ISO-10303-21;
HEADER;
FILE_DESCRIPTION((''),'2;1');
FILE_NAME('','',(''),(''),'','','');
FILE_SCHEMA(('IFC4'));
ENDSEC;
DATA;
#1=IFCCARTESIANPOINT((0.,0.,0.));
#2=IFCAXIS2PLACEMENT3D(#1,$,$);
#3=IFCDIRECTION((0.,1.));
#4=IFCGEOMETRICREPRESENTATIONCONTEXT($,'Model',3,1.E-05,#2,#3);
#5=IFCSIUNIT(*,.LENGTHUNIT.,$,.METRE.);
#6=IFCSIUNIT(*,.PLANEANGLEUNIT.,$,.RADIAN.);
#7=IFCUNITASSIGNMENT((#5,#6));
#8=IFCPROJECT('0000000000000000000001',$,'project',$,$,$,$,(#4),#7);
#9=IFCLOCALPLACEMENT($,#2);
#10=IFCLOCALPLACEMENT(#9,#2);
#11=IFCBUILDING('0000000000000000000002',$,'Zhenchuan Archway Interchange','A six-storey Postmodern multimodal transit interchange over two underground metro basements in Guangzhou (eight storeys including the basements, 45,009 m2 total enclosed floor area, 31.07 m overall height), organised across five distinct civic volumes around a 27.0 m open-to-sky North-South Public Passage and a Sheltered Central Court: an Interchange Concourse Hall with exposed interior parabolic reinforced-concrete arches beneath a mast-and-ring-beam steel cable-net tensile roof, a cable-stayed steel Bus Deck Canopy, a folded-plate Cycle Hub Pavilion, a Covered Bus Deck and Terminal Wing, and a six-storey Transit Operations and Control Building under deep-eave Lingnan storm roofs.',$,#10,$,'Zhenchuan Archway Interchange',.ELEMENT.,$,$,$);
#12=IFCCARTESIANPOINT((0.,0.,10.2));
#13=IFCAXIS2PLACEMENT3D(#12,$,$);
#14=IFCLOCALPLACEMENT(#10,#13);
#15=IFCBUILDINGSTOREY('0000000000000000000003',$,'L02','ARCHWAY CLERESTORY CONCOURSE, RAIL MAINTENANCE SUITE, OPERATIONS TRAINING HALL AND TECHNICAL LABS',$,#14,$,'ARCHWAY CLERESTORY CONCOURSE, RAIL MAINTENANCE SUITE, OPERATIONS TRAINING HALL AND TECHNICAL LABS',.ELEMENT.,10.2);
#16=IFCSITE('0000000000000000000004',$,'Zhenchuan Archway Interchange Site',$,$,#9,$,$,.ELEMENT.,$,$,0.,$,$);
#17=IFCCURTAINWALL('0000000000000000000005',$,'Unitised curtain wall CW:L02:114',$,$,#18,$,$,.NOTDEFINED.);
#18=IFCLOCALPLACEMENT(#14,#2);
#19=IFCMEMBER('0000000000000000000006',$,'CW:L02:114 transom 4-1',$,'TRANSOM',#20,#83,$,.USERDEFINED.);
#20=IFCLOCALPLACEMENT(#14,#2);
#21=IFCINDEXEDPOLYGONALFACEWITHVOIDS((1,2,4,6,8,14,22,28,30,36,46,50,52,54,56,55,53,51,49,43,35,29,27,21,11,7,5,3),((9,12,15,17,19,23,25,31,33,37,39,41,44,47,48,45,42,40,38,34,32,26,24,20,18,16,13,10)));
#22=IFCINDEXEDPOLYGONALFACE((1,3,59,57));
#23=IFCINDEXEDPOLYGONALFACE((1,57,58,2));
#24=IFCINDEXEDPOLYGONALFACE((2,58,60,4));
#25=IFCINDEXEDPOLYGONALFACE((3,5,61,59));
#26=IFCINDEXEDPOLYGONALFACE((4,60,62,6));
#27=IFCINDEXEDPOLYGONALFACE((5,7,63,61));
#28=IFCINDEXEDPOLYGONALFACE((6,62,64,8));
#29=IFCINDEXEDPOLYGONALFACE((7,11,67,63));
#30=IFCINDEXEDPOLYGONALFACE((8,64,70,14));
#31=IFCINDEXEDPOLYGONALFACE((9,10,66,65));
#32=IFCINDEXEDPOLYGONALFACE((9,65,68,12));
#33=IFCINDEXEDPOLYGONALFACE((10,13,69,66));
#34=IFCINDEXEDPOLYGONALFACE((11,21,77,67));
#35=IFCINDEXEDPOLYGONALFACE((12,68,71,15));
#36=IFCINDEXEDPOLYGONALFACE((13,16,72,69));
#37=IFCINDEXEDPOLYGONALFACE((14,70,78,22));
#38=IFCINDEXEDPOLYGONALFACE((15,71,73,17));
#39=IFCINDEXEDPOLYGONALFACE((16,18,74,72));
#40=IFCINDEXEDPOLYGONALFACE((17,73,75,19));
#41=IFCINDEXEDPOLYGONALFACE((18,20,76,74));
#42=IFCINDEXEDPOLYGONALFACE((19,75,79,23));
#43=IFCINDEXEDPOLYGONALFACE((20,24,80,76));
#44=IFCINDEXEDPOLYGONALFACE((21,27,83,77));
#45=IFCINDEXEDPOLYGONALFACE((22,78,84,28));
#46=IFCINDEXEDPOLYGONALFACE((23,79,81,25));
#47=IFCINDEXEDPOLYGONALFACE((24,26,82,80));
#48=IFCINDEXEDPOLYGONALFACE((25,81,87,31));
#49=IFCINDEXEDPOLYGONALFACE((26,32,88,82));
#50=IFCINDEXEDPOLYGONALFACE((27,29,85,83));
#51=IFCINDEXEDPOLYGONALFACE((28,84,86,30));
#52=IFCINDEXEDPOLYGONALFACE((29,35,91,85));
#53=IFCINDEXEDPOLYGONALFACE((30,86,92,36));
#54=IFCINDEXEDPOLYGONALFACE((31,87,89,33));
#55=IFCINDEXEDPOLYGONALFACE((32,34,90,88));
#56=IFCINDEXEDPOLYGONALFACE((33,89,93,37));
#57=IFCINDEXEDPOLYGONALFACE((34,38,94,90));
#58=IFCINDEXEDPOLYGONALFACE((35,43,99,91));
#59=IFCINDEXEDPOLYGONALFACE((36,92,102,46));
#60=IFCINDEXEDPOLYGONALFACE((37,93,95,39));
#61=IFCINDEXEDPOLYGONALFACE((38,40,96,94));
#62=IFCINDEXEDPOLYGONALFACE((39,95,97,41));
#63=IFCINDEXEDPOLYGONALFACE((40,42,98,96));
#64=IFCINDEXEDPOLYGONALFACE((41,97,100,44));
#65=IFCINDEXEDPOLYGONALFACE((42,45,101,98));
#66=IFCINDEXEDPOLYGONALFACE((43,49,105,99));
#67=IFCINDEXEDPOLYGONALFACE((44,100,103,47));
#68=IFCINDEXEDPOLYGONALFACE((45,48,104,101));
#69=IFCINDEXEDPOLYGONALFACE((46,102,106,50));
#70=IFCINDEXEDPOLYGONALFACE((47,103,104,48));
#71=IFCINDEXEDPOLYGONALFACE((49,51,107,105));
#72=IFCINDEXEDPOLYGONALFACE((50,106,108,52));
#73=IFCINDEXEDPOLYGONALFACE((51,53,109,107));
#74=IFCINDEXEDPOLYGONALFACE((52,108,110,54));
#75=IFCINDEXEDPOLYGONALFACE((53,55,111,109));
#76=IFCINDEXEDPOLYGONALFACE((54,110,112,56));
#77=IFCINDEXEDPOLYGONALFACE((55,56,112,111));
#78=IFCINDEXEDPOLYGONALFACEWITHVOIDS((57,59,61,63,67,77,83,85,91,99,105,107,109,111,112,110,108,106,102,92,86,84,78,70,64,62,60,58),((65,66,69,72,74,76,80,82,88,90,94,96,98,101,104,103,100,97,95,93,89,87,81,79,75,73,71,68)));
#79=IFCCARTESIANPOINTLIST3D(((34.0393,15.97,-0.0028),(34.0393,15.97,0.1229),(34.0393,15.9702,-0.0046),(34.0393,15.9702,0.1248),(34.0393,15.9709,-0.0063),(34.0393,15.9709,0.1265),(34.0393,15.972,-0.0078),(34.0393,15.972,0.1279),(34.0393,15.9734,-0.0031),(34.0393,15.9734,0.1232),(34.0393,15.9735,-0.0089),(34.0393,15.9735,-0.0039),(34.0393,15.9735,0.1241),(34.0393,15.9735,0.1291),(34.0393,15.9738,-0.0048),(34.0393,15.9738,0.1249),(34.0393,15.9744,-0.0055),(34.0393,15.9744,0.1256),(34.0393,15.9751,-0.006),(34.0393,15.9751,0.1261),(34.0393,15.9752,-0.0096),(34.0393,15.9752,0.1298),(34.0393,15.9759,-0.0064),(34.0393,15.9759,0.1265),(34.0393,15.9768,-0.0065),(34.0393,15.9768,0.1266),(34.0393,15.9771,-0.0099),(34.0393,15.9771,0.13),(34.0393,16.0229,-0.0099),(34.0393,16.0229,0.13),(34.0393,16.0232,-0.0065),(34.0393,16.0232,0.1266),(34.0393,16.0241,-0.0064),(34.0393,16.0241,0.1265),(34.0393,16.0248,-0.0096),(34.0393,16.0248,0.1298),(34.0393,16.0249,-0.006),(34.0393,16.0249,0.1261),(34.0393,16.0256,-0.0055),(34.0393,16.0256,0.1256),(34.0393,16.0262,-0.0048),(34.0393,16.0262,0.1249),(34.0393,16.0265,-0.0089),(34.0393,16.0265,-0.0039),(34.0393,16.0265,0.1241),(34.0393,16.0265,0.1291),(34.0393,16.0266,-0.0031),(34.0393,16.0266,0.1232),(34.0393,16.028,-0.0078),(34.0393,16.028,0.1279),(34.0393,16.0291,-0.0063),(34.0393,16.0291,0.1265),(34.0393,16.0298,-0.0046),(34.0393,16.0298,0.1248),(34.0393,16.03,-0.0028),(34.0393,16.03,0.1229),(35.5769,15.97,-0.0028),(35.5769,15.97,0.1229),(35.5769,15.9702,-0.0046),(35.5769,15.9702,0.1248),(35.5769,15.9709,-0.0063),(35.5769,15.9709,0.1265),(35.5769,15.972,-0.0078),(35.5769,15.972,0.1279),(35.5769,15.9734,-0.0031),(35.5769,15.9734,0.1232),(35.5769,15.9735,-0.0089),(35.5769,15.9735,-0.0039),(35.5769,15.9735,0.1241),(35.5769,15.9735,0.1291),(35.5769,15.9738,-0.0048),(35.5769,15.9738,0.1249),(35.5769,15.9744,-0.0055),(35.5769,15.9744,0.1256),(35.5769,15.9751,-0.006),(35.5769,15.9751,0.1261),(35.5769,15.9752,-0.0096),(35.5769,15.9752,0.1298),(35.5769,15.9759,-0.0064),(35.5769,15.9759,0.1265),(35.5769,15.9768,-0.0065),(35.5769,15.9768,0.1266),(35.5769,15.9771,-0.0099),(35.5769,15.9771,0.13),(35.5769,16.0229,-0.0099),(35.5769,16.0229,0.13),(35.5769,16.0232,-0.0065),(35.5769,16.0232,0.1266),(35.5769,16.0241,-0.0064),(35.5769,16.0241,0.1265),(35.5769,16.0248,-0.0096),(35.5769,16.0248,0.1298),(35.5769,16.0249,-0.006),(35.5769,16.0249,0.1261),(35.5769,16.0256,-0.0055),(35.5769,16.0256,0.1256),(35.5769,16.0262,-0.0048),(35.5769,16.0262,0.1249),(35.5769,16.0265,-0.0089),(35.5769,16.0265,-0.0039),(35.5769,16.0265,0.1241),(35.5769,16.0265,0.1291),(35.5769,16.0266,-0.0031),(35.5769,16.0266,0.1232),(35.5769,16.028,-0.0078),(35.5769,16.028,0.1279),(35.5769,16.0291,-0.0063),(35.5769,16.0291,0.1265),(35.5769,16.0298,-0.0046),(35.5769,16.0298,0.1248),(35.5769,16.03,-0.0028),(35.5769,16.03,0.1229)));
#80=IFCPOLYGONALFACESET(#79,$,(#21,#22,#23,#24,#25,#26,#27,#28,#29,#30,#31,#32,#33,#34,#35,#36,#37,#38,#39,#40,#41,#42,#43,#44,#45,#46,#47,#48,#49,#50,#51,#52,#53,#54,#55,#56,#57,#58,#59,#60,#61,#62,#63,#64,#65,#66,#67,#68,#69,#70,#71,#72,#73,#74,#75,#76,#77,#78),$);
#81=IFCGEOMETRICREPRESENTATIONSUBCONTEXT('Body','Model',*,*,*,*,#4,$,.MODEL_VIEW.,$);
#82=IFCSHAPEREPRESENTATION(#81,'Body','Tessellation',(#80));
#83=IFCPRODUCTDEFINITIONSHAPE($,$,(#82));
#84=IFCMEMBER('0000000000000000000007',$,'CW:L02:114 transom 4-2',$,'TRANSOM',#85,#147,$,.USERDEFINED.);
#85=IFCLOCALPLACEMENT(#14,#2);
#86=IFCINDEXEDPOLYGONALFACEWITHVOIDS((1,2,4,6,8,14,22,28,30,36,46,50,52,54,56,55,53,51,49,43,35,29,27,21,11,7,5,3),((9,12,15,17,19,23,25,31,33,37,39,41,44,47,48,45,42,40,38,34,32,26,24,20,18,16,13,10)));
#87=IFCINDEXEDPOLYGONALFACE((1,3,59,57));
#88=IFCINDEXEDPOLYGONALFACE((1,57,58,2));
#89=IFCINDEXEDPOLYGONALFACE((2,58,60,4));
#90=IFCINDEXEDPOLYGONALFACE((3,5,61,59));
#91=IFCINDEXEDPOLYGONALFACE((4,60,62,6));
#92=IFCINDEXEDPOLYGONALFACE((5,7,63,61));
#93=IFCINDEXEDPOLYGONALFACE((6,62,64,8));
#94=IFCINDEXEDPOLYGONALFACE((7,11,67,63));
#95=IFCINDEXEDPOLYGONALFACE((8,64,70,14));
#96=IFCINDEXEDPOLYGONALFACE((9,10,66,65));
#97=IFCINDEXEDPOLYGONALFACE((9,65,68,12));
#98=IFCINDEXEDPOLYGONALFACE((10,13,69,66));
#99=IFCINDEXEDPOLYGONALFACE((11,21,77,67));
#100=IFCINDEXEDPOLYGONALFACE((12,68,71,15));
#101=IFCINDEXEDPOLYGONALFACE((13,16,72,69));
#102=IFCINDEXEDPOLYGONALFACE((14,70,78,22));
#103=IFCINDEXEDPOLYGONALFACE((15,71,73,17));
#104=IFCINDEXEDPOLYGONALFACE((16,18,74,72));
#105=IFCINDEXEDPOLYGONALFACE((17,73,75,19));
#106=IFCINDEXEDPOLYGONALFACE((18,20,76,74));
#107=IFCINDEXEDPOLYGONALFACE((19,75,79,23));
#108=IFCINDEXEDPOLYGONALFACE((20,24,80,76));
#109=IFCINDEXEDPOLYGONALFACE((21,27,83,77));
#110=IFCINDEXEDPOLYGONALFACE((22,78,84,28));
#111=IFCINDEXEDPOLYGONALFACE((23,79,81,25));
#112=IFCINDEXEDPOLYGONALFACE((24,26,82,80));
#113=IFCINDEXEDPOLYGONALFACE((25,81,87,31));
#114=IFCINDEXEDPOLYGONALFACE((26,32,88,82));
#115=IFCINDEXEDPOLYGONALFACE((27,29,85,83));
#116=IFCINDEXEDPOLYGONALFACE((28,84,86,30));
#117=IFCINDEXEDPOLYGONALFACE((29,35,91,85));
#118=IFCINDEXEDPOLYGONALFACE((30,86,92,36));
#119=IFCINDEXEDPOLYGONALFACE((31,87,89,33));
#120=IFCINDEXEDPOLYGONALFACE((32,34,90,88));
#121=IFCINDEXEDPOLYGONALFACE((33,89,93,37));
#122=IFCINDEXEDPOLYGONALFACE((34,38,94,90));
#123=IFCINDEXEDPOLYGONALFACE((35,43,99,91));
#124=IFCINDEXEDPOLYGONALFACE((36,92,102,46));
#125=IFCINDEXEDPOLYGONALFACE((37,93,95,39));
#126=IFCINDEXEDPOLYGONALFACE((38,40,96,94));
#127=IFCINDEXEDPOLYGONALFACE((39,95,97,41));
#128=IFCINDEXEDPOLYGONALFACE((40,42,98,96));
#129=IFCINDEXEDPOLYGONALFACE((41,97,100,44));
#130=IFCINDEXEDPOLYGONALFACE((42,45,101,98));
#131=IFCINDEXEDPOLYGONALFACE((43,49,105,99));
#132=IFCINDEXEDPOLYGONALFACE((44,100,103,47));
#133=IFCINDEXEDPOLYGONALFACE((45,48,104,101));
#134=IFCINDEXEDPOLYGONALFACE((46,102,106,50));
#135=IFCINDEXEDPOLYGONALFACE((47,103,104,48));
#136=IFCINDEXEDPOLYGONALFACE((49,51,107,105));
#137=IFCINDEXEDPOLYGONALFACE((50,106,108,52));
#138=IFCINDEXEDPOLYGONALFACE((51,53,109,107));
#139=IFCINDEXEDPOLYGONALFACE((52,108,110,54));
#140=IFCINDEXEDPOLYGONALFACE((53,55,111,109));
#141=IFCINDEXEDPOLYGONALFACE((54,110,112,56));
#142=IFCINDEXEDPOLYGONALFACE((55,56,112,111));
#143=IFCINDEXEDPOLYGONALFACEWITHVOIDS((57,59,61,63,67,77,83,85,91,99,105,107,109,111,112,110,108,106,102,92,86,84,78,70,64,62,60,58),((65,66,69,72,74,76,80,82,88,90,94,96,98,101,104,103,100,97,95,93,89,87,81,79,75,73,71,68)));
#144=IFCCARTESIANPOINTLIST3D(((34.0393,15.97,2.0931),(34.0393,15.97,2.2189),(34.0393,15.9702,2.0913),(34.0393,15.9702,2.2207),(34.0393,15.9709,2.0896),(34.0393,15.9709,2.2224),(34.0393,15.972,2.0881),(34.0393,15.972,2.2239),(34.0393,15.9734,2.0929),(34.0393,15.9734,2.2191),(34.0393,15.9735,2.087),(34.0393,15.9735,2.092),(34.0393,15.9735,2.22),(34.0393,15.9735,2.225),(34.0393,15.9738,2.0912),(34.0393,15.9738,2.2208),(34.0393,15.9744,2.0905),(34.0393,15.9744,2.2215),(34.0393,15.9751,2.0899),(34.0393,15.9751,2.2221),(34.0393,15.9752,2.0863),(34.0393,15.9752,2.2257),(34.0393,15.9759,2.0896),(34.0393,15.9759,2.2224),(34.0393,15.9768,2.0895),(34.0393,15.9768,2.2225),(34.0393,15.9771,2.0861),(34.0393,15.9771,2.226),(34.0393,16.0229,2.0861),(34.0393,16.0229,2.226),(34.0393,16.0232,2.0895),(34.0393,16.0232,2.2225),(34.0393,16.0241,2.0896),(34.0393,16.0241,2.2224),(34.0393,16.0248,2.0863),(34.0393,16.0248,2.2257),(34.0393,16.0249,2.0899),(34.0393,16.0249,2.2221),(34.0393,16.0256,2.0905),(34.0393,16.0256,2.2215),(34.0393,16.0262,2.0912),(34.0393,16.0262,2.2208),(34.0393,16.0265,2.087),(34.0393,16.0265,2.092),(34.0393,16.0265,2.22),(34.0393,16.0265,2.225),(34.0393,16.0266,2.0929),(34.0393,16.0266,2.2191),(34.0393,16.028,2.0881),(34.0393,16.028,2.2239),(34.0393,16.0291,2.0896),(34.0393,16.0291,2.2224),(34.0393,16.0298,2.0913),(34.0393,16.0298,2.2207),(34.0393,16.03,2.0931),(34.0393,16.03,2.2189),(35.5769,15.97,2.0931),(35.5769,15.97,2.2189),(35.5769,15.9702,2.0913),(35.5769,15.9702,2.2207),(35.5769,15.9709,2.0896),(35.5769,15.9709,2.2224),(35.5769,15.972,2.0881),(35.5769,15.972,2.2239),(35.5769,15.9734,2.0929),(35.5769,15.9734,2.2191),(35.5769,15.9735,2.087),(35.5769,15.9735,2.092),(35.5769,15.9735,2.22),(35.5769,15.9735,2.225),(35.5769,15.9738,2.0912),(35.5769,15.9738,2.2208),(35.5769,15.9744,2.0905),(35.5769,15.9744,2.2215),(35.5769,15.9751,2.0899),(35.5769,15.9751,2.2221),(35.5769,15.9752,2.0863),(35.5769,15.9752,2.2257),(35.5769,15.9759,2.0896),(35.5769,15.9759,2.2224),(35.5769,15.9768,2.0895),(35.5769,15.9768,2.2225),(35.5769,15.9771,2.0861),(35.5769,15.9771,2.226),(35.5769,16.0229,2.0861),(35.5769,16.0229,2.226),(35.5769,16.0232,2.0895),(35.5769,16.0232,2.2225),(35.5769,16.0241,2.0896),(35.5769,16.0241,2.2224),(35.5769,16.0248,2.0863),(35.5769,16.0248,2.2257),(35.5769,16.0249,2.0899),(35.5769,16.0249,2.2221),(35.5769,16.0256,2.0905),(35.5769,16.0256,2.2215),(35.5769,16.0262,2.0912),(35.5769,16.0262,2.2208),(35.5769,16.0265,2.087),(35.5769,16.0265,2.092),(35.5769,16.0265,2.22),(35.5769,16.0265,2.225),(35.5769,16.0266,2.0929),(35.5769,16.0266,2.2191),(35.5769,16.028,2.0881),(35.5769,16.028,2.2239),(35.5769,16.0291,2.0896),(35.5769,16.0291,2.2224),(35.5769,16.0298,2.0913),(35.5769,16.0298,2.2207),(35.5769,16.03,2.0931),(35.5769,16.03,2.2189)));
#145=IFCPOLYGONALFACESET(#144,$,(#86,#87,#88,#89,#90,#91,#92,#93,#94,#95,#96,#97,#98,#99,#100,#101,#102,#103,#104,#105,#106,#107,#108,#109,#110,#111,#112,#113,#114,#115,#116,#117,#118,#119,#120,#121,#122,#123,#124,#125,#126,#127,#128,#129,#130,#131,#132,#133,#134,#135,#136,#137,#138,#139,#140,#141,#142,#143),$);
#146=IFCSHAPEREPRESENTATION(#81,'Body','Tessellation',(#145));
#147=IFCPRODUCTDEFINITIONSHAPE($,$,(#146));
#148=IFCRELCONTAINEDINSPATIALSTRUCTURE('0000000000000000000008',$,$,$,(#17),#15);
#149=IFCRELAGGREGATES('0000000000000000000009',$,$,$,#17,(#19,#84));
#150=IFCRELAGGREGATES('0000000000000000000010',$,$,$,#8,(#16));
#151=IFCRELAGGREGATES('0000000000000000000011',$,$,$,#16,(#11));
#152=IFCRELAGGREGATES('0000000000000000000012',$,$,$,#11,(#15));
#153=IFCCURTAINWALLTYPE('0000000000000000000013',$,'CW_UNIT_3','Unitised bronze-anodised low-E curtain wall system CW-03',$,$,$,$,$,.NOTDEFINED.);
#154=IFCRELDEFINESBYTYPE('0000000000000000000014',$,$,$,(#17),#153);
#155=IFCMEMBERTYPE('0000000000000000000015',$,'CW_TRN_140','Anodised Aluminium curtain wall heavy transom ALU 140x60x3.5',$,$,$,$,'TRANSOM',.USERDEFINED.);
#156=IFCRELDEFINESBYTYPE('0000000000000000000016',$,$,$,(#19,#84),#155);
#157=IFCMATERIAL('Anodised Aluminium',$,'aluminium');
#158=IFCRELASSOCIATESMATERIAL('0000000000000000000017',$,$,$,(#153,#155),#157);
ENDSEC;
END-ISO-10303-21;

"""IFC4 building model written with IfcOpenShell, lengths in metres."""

from ifc_helpers import new_model, si_unit, direction, frame, origin, origin_2d, place, context, subcontext, project, spatial, hollow_rectangle, extrude, material, material_profile, profile_set, type_object, element, aggregate, save


model = new_model("IFC4")

# Units and contexts
model_context = context("Model", 3, precision=1e-05, world=origin(), true_north=direction((0.0, 1.0)))
body_context = subcontext(model_context, "Body", "Model", "MODEL_VIEW")
ifc_project = project(units=[si_unit("LENGTHUNIT", "METRE"), si_unit("PLANEANGLEUNIT", "RADIAN")], contexts=[model_context])

# Site, building, storey
site_placement = place(None, origin())
site = spatial("IfcSite", under=ifc_project, at=site_placement, Name="Zhenchuan Archway Interchange Site", CompositionType="ELEMENT", RefElevation=0.0)
building_placement = place(site_placement, origin())
building = spatial("IfcBuilding", under=site, at=building_placement, Name="Zhenchuan Archway Interchange", Description="A six-storey Postmodern multimodal transit interchange over two underground metro basements in Guangzhou (eight storeys including the basements, 45,009 m2 total enclosed floor area, 31.07 m overall height), organised across five distinct civic volumes around a 27.0 m open-to-sky North-South Public Passage and a Sheltered Central Court: an Interchange Concourse Hall with exposed interior parabolic reinforced-concrete arches beneath a mast-and-ring-beam steel cable-net tensile roof, a cable-stayed steel Bus Deck Canopy, a folded-plate Cycle Hub Pavilion, a Covered Bus Deck and Terminal Wing, and a six-storey Transit Operations and Control Building under deep-eave Lingnan storm roofs.", LongName="Zhenchuan Archway Interchange", CompositionType="ELEMENT")
storey_placement = place(building_placement, frame((0.0, 0.0, 10.2)))
storey = spatial("IfcBuildingStorey", under=building, at=storey_placement, Name="L02", Description="ARCHWAY CLERESTORY CONCOURSE, RAIL MAINTENANCE SUITE, OPERATIONS TRAINING HALL AND TECHNICAL LABS", LongName="ARCHWAY CLERESTORY CONCOURSE, RAIL MAINTENANCE SUITE, OPERATIONS TRAINING HALL AND TECHNICAL LABS", CompositionType="ELEMENT", Elevation=10.2)

# Curtain wall
ifc_material_1 = material(Name="Anodised Aluminium", Category="aluminium")
curtain_wall_type_1 = type_object("IfcCurtainWallType", Name="CW_UNIT_3", Description="Unitised bronze-anodised low-E curtain wall system CW-03", PredefinedType="NOTDEFINED", material=ifc_material_1)
curtain_wall_1_placement = place(storey_placement, origin())
curtain_wall_1 = element("IfcCurtainWall", 1, at=curtain_wall_1_placement, inside=storey, type_object=curtain_wall_type_1, Name="Unitised curtain wall CW:L02:114", PredefinedType="NOTDEFINED")

# Members
ifc_material_profile_1 = material_profile(ifc_material_1, hollow_rectangle(XDim=0.0601, YDim=0.1399, WallThickness=0.0034, InnerFilletRadius=0.0034, OuterFilletRadius=0.0071, at=origin_2d()), Name="ALU 140x60x3.5")
ifc_profile_set_1 = profile_set([ifc_material_profile_1], Name="Anodised Aluminium")
member_type_1 = type_object("IfcMemberType", Name="CW_TRN_140", Description="Anodised Aluminium curtain wall heavy transom ALU 140x60x3.5", ElementType="TRANSOM", PredefinedType="USERDEFINED", material=ifc_profile_set_1)
member_1_placement = place(storey_placement, frame((34.0393, 16.0, 0.0601), z_axis=(1.0, 0.0, 0.0), x_axis=(0.0, 1.0, 0.0)))
member_1 = element("IfcMember", 2, at=member_1_placement, type_object=member_type_1, Name="CW:L02:114 transom 4-1", ObjectType="TRANSOM", PredefinedType="USERDEFINED", context=body_context, shape_type="SweptSolid", body=[
    extrude(hollow_rectangle(XDim=0.0601, YDim=0.1399, WallThickness=0.0034, InnerFilletRadius=0.0034, OuterFilletRadius=0.0071, at=origin_2d()), origin(), (0.0, 0.0, 1.0), 1.5376),
])
member_2_placement = place(storey_placement, frame((34.0393, 16.0, 2.156), z_axis=(1.0, 0.0, 0.0), x_axis=(0.0, 1.0, 0.0)))
member_2 = element("IfcMember", 3, at=member_2_placement, type_object=member_type_1, Name="CW:L02:114 transom 4-2", ObjectType="TRANSOM", PredefinedType="USERDEFINED", context=body_context, shape_type="SweptSolid", body=[
    extrude(hollow_rectangle(XDim=0.0601, YDim=0.1399, WallThickness=0.0034, InnerFilletRadius=0.0034, OuterFilletRadius=0.0071, at=origin_2d()), origin(), (0.0, 0.0, 1.0), 1.5376),
])

aggregate(curtain_wall_1, [member_1, member_2])

save(model, "model.ifc")
